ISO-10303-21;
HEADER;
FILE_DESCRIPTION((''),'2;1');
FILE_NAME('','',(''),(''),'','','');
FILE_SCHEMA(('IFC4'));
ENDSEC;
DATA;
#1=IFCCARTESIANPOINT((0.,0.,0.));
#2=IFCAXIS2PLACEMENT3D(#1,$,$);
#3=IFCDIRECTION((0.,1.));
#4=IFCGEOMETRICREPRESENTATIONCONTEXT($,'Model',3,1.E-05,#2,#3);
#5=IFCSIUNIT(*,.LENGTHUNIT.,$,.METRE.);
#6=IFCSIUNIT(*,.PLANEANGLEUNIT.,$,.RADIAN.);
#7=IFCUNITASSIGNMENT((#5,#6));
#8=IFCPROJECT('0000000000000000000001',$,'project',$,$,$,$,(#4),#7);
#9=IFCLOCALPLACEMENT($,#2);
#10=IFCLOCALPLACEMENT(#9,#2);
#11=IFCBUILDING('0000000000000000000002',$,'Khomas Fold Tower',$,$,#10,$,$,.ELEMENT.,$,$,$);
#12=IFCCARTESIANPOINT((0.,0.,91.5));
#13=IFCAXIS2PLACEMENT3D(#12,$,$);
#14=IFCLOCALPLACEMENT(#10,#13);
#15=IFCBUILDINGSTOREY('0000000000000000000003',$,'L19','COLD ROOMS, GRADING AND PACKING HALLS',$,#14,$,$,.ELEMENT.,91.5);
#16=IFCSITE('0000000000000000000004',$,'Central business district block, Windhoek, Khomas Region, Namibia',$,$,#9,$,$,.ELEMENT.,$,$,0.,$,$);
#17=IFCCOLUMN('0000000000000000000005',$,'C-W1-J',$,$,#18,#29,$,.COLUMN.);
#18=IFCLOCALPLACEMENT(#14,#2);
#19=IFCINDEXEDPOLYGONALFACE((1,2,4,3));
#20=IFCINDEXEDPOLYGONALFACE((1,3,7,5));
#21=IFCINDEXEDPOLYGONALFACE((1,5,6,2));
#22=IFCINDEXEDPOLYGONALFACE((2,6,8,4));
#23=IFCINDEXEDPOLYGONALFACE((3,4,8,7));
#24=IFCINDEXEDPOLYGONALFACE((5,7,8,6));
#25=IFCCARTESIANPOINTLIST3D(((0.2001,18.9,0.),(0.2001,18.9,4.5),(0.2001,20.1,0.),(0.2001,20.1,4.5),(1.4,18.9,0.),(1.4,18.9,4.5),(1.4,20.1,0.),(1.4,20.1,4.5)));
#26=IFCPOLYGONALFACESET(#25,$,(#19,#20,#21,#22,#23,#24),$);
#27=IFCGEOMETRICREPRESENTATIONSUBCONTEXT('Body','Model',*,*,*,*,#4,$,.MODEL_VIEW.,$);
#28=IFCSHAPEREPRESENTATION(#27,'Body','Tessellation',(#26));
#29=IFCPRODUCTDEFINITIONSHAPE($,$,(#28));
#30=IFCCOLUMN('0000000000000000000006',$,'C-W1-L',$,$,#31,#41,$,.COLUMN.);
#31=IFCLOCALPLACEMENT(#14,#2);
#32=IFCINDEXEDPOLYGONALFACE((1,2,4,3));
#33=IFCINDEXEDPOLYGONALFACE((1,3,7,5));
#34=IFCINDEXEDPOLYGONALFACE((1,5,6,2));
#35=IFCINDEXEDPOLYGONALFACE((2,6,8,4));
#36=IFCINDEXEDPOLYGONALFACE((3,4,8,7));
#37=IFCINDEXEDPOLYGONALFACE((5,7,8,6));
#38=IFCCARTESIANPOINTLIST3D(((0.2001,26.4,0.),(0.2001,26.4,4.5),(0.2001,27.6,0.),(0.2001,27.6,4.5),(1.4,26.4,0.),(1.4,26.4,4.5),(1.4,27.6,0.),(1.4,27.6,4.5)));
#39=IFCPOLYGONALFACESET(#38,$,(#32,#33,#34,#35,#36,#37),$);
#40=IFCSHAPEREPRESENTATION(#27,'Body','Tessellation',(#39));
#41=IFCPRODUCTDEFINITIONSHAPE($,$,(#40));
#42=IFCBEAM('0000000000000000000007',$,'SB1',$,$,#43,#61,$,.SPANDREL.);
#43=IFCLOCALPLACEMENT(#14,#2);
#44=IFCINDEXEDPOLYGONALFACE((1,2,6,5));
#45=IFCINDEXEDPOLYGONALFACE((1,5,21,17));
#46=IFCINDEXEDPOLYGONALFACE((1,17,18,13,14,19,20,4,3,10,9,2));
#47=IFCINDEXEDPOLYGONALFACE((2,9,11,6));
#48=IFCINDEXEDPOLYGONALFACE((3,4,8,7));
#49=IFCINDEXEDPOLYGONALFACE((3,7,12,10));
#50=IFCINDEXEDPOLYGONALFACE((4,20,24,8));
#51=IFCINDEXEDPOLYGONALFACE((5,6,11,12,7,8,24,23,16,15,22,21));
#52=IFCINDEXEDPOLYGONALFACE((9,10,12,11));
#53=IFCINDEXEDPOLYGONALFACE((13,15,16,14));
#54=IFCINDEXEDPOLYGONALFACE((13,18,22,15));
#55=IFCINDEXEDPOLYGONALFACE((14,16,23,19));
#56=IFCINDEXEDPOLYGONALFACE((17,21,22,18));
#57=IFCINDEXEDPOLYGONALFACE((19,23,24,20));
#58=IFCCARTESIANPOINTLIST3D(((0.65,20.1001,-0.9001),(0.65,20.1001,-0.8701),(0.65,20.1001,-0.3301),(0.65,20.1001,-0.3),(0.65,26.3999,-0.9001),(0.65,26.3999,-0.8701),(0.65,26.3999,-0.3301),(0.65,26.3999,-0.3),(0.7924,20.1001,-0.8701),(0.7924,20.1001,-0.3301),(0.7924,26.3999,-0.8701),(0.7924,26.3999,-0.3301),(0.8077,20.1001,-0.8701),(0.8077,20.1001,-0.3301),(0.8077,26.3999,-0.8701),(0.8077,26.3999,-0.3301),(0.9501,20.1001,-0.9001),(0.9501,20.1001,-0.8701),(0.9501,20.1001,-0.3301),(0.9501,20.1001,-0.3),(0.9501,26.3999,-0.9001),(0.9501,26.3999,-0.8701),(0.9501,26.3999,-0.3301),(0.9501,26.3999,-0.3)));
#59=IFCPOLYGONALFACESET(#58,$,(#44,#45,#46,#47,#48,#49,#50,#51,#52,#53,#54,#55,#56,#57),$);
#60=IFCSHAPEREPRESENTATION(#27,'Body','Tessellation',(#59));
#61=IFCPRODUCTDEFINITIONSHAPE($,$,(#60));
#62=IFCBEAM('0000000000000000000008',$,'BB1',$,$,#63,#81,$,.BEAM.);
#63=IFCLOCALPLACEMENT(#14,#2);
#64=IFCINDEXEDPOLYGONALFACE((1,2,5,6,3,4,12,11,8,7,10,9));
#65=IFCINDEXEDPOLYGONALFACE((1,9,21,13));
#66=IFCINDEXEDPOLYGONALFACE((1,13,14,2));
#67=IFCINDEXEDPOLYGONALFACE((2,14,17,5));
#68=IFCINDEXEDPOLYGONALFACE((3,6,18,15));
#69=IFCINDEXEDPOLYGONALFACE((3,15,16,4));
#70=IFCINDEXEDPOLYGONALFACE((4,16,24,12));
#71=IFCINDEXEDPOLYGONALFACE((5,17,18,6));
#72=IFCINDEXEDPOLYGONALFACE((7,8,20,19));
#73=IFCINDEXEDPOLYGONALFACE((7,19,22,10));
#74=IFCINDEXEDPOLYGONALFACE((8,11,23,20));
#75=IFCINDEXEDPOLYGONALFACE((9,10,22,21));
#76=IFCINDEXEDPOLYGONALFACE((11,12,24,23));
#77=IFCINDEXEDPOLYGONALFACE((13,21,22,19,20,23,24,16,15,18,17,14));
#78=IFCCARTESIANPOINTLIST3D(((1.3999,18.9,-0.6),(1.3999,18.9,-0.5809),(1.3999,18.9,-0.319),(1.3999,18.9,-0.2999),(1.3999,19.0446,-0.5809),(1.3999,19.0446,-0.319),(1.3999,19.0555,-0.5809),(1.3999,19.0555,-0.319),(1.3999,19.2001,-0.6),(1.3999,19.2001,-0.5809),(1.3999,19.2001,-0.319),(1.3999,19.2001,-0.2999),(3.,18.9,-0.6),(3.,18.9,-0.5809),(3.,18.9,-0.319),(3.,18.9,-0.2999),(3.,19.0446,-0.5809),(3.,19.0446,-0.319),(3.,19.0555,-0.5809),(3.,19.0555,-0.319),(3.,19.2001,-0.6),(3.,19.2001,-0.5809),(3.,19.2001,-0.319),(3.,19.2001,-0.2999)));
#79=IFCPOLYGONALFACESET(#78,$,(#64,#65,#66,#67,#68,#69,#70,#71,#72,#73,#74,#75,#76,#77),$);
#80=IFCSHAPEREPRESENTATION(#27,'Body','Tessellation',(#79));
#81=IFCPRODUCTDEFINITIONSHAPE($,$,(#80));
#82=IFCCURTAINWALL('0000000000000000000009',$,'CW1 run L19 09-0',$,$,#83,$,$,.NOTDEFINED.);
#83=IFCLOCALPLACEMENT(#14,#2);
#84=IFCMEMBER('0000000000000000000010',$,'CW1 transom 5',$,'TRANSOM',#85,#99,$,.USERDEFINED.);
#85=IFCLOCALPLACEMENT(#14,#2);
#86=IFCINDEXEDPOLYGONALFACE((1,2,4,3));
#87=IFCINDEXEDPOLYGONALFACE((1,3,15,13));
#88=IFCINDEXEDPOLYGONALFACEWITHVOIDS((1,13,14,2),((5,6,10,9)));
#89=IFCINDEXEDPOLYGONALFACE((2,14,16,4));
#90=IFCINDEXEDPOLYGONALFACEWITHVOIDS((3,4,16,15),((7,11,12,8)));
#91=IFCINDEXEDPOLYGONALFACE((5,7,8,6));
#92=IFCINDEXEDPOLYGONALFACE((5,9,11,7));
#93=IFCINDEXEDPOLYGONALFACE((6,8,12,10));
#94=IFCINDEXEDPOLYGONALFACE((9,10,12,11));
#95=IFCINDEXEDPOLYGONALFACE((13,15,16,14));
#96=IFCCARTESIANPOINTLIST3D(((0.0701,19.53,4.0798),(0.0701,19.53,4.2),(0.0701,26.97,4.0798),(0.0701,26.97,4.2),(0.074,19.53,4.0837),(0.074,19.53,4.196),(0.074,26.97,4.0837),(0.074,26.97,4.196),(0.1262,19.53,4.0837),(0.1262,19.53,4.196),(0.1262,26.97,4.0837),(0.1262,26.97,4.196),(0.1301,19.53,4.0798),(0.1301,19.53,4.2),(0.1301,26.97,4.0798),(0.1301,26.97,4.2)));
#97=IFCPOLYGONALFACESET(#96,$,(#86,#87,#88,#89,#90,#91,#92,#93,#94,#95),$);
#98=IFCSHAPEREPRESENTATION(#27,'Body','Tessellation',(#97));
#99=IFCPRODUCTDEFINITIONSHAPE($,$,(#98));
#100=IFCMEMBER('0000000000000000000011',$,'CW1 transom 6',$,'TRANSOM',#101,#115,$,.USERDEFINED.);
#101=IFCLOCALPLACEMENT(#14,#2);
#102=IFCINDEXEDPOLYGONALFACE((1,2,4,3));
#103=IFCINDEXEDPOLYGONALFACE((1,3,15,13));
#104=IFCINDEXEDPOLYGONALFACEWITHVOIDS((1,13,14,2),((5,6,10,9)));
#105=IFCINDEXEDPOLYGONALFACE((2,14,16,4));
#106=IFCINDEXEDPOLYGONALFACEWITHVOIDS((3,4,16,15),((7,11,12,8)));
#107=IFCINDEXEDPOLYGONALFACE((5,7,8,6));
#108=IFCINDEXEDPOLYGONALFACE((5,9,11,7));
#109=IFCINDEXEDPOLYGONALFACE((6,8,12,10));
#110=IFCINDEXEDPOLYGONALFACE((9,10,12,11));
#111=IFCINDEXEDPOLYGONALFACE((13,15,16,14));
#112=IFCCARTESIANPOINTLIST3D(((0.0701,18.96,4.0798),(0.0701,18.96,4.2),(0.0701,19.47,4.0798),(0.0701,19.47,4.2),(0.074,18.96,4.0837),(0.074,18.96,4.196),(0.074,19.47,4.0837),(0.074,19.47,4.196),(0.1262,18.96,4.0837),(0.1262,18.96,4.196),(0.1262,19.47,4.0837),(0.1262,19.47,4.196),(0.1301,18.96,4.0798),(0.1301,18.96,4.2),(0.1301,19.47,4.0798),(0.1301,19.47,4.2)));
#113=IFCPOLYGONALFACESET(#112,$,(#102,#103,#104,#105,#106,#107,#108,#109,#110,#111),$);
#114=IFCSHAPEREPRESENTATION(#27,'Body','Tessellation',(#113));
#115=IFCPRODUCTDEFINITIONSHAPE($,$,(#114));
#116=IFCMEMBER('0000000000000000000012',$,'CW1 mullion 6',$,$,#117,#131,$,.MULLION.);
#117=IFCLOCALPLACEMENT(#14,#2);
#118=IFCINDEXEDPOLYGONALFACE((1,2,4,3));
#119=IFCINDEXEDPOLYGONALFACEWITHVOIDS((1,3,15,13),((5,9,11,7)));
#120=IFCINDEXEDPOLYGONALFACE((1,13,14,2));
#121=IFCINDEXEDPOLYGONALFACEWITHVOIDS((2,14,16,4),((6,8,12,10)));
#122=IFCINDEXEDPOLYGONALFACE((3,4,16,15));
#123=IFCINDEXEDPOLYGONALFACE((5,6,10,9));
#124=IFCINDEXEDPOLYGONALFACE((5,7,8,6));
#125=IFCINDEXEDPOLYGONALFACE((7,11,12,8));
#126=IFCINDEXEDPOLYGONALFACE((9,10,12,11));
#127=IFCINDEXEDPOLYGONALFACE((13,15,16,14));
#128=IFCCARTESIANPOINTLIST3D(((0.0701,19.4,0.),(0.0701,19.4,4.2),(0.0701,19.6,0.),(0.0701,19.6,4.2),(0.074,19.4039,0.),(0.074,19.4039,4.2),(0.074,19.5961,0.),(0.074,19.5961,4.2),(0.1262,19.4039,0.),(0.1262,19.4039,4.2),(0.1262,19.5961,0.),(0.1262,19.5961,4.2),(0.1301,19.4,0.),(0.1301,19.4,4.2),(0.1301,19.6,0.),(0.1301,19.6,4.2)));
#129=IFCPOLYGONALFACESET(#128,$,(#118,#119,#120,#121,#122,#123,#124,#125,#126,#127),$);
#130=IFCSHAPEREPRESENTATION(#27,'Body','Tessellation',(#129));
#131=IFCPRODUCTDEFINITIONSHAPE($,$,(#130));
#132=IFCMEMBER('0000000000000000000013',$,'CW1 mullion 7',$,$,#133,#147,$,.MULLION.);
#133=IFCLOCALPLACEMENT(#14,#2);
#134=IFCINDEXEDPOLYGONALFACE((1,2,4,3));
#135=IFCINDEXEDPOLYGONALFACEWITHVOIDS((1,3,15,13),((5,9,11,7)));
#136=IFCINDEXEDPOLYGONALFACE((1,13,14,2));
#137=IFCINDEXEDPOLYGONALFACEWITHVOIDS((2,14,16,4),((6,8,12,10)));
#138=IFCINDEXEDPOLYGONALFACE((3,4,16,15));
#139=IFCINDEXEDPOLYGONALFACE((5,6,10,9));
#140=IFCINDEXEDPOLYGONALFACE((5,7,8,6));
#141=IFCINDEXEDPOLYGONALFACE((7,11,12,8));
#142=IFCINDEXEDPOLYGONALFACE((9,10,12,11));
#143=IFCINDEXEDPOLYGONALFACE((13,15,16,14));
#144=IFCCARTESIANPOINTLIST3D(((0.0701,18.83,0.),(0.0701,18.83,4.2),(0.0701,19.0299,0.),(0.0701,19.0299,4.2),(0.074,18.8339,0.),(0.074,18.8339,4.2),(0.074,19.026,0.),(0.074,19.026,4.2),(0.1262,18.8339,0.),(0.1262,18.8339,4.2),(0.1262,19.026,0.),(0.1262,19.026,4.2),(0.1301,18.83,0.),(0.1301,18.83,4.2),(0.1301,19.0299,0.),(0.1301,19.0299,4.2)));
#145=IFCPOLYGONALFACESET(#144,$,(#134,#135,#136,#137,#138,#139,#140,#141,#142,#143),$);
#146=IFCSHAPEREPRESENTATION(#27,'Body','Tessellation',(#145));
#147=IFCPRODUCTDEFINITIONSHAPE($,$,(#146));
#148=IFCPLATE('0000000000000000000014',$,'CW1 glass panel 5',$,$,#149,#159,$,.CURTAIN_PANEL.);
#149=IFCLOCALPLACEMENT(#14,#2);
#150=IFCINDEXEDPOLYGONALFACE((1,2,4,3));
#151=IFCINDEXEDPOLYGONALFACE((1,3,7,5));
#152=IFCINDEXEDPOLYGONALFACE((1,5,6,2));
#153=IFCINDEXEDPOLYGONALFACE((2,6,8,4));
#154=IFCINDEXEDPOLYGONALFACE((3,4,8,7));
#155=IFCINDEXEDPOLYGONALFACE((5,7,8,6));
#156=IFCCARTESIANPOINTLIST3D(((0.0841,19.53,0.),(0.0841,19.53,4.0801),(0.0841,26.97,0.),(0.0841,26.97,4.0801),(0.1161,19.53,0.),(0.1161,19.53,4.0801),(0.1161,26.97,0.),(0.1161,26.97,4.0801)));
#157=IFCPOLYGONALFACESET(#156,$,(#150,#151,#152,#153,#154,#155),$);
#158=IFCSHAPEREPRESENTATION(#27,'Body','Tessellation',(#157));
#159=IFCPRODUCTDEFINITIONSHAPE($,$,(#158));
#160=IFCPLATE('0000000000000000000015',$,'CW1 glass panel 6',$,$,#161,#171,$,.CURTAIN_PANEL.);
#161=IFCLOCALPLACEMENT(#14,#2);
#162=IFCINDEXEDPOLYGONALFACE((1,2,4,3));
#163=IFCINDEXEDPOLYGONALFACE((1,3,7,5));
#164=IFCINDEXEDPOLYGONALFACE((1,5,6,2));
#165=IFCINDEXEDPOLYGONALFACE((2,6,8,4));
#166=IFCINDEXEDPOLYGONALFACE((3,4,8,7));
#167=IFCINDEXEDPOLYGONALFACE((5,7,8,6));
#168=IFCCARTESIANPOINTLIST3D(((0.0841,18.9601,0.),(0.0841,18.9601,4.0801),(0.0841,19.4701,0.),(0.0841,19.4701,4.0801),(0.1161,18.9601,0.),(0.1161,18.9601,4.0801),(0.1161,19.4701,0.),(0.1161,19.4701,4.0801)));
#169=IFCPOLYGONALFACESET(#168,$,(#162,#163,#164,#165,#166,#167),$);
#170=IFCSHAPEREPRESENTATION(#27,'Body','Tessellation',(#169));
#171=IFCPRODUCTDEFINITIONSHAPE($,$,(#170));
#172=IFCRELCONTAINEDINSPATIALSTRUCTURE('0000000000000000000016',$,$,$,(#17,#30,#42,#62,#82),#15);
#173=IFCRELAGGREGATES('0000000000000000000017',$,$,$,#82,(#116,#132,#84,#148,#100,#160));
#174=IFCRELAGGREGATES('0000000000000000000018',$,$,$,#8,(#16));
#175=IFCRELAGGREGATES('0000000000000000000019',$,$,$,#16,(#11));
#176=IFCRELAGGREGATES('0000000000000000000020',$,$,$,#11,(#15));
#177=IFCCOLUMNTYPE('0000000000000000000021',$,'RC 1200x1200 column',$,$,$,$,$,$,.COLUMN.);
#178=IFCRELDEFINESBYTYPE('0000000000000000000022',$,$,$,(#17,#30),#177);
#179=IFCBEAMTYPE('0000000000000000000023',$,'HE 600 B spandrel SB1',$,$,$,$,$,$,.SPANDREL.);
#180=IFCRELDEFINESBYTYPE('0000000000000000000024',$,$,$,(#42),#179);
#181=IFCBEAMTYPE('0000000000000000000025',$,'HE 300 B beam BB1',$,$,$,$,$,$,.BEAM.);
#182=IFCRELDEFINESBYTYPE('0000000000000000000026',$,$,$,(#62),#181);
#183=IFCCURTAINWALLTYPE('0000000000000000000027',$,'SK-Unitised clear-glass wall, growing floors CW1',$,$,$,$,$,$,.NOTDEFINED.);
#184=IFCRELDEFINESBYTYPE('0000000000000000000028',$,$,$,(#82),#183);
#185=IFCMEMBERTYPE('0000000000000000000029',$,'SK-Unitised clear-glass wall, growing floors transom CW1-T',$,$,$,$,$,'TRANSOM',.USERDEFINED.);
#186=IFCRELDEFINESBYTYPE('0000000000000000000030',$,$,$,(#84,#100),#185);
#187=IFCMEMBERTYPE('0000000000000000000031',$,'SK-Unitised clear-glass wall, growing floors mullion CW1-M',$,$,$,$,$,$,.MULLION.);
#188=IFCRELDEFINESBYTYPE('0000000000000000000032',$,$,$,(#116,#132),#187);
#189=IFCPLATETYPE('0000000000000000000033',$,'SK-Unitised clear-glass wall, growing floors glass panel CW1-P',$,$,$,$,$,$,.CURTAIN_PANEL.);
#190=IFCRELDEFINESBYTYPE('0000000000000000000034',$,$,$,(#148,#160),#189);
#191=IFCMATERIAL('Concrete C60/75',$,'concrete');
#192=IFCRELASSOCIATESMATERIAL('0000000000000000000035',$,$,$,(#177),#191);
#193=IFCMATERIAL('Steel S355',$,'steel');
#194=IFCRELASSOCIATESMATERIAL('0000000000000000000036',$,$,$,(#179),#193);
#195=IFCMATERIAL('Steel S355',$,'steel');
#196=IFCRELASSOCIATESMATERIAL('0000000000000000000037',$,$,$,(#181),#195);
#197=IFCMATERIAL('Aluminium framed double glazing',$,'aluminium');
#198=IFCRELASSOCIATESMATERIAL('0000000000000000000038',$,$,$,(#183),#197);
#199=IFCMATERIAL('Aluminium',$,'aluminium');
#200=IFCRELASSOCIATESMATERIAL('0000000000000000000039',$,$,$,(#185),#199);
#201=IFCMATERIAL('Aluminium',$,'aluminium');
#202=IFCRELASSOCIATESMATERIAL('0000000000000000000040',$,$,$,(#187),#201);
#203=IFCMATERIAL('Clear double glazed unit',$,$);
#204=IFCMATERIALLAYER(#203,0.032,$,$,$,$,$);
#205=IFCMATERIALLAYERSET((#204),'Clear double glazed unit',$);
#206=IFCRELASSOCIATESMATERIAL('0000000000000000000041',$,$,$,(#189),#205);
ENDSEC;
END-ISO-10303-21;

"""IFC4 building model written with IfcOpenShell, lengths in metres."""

from ifc_helpers import new_model, si_unit, direction, frame, origin, origin_2d, place, context, subcontext, project, spatial, rectangle, hollow_rectangle, i_section, extrude, source, transform, mapped, material, layer, layer_set, material_profile, profile_set, type_object, element, aggregate, save


model = new_model("IFC4")

# Units and contexts
model_context = context("Model", 3, precision=1e-05, world=origin(), true_north=direction((0.0, 1.0)))
body_context = subcontext(model_context, "Body", "Model", "MODEL_VIEW")
ifc_project = project(units=[si_unit("LENGTHUNIT", "METRE"), si_unit("PLANEANGLEUNIT", "RADIAN")], contexts=[model_context])

# Site, building, storey
site_placement = place(None, origin())
site = spatial("IfcSite", under=ifc_project, at=site_placement, Name="Central business district block, Windhoek, Khomas Region, Namibia", CompositionType="ELEMENT", RefElevation=0.0)
building_placement = place(site_placement, origin())
building = spatial("IfcBuilding", under=site, at=building_placement, Name="Khomas Fold Tower", CompositionType="ELEMENT")
storey_placement = place(building_placement, frame((0.0, 0.0, 91.5)))
storey = spatial("IfcBuildingStorey", under=building, at=storey_placement, Name="L19", Description="COLD ROOMS, GRADING AND PACKING HALLS", CompositionType="ELEMENT", Elevation=91.5)

# Columns
ifc_material_1 = material(Name="Concrete C60/75", Category="concrete")
ifc_material_profile_1 = material_profile(ifc_material_1, rectangle(XDim=1.2, YDim=1.2, at=origin_2d()), Name="RC 1200x1200")
ifc_profile_set_1 = profile_set([ifc_material_profile_1], Name="Concrete C60/75")
column_type = type_object("IfcColumnType", Name="RC 1200x1200 column", PredefinedType="COLUMN", material=ifc_profile_set_1)
shared_shape_1 = source(origin(), body_context, "Body", "SweptSolid", [
    extrude(rectangle(XDim=1.2, YDim=1.2, at=origin_2d()), origin(), (0.0, 0.0, 1.0), 4.5),
])
for number, where, z_axis, x_axis, name in (
    (1, (0.8, 19.5, 0.0), (0.0, 0.0, 1.0), (1.0, 0.0, 0.0), "C-W1-J"),
    (2, (0.8, 27.0, 0.0), (0.0, 0.0, 1.0), (1.0, 0.0, 0.0), "C-W1-L"),
):
    element("IfcColumn", number, at=place(storey_placement, frame(where, z_axis=z_axis, x_axis=x_axis)), inside=storey, type_object=column_type, Name=name, PredefinedType="COLUMN", context=body_context, shape_type="MappedRepresentation", body=[
        mapped(shared_shape_1, transform((0.0, 0.0, 0.0))),
    ])

# Beams
ifc_material_2 = material(Name="Steel S355", Category="steel")
ifc_material_profile_2 = material_profile(ifc_material_2, i_section(OverallWidth=0.3, OverallDepth=0.6001, WebThickness=0.0154, FlangeThickness=0.03, at=origin_2d()), Name="HE 600 B")
ifc_profile_set_2 = profile_set([ifc_material_profile_2], Name="Steel S355")
beam_type_1 = type_object("IfcBeamType", Name="HE 600 B spandrel SB1", PredefinedType="SPANDREL", material=ifc_profile_set_2)
shared_shape_2 = source(origin(), body_context, "Body", "SweptSolid", [
    extrude(i_section(OverallWidth=0.3, OverallDepth=0.6001, WebThickness=0.0154, FlangeThickness=0.03, at=origin_2d()), origin(), (0.0, 0.0, 1.0), 6.2998),
])
beam_1_placement = place(storey_placement, frame((0.8, 20.1001, -0.6001), z_axis=(0.0, 1.0, 0.0), x_axis=(-1.0, 0.0, 0.0)))
element("IfcBeam", 3, at=beam_1_placement, inside=storey, type_object=beam_type_1, Name="SB1", PredefinedType="SPANDREL", context=body_context, shape_type="MappedRepresentation", body=[
    mapped(shared_shape_2, transform((0.0, 0.0, 0.0))),
])
ifc_material_3 = material(Name="Steel S355", Category="steel")
ifc_material_profile_3 = material_profile(ifc_material_3, i_section(OverallWidth=0.3, OverallDepth=0.3, WebThickness=0.011, FlangeThickness=0.019, at=origin_2d()), Name="HE 300 B")
ifc_profile_set_3 = profile_set([ifc_material_profile_3], Name="Steel S355")
beam_type_2 = type_object("IfcBeamType", Name="HE 300 B beam BB1", PredefinedType="BEAM", material=ifc_profile_set_3)
shared_shape_3 = source(origin(), body_context, "Body", "SweptSolid", [
    extrude(i_section(OverallWidth=0.3, OverallDepth=0.3, WebThickness=0.011, FlangeThickness=0.019, at=origin_2d()), origin(), (0.0, 0.0, 1.0), 1.6001),
])
beam_2_placement = place(storey_placement, frame((1.3999, 19.05, -0.45), z_axis=(1.0, 0.0, 0.0), x_axis=(0.0, 1.0, 0.0)))
element("IfcBeam", 4, at=beam_2_placement, inside=storey, type_object=beam_type_2, Name="BB1", PredefinedType="BEAM", context=body_context, shape_type="MappedRepresentation", body=[
    mapped(shared_shape_3, transform((0.0, 0.0, 0.0))),
])

# Curtain wall, members, plates
ifc_material_4 = material(Name="Aluminium framed double glazing", Category="aluminium")
curtain_wall_type = type_object("IfcCurtainWallType", Name="SK-Unitised clear-glass wall, growing floors CW1", PredefinedType="NOTDEFINED", material=ifc_material_4)
curtain_wall_placement = place(storey_placement, origin())
curtain_wall = element("IfcCurtainWall", 5, at=curtain_wall_placement, inside=storey, type_object=curtain_wall_type, Name="CW1 run L19 09-0", PredefinedType="NOTDEFINED")
ifc_material_5 = material(Name="Aluminium", Category="aluminium")
ifc_material_profile_4 = material_profile(ifc_material_5, hollow_rectangle(XDim=0.0601, YDim=0.1201, WallThickness=0.0039, at=origin_2d()), Name="SK-Unitised clear-glass wall, growing floors transom CW1-T")
ifc_profile_set_4 = profile_set([ifc_material_profile_4], Name="Aluminium")
member_type_1 = type_object("IfcMemberType", Name="SK-Unitised clear-glass wall, growing floors transom CW1-T", ElementType="TRANSOM", PredefinedType="USERDEFINED", material=ifc_profile_set_4)
shared_shape_4 = source(origin(), body_context, "Body", "SweptSolid", [
    extrude(hollow_rectangle(XDim=0.0601, YDim=0.1201, WallThickness=0.0039, at=origin_2d()), origin(), (0.0, 0.0, 1.0), 7.4399),
])
member_1_placement = place(storey_placement, frame((0.1001, 26.97, 4.1399), z_axis=(0.0, -1.0, 0.0), x_axis=(1.0, 0.0, 0.0)))
member_1 = element("IfcMember", 6, at=member_1_placement, type_object=member_type_1, Name="CW1 transom 5", ObjectType="TRANSOM", PredefinedType="USERDEFINED", context=body_context, shape_type="MappedRepresentation", body=[
    mapped(shared_shape_4, transform((0.0, 0.0, 0.0))),
])
shared_shape_5 = source(origin(), body_context, "Body", "SweptSolid", [
    extrude(hollow_rectangle(XDim=0.0601, YDim=0.1201, WallThickness=0.0039, at=origin_2d()), origin(), (0.0, 0.0, 1.0), 0.51),
])
member_2_placement = place(storey_placement, frame((0.1001, 19.47, 4.1399), z_axis=(0.0, -1.0, 0.0), x_axis=(1.0, 0.0, 0.0)))
member_2 = element("IfcMember", 7, at=member_2_placement, type_object=member_type_1, Name="CW1 transom 6", ObjectType="TRANSOM", PredefinedType="USERDEFINED", context=body_context, shape_type="MappedRepresentation", body=[
    mapped(shared_shape_5, transform((0.0, 0.0, 0.0))),
])
ifc_material_6 = material(Name="Aluminium", Category="aluminium")
ifc_material_profile_5 = material_profile(ifc_material_6, hollow_rectangle(XDim=0.0601, YDim=0.2, WallThickness=0.0039, at=origin_2d()), Name="SK-Unitised clear-glass wall, growing floors mullion CW1-M")
ifc_profile_set_5 = profile_set([ifc_material_profile_5], Name="Aluminium")
member_type_2 = type_object("IfcMemberType", Name="SK-Unitised clear-glass wall, growing floors mullion CW1-M", PredefinedType="MULLION", material=ifc_profile_set_5)
shared_shape_6 = source(origin(), body_context, "Body", "SweptSolid", [
    extrude(hollow_rectangle(XDim=0.0601, YDim=0.2, WallThickness=0.0039, at=origin_2d()), origin(), (0.0, 0.0, 1.0), 4.2),
])
member_3_placement = place(storey_placement, frame((0.1001, 19.5, 0.0), z_axis=(0.0, 0.0, 1.0), x_axis=(1.0, 0.0, 0.0)))
member_3 = element("IfcMember", 8, at=member_3_placement, type_object=member_type_2, Name="CW1 mullion 6", PredefinedType="MULLION", context=body_context, shape_type="MappedRepresentation", body=[
    mapped(shared_shape_6, transform((0.0, 0.0, 0.0))),
])
member_4_placement = place(storey_placement, frame((0.1001, 18.9299, 0.0), z_axis=(0.0, 0.0, 1.0), x_axis=(1.0, 0.0, 0.0)))
member_4 = element("IfcMember", 9, at=member_4_placement, type_object=member_type_2, Name="CW1 mullion 7", PredefinedType="MULLION", context=body_context, shape_type="MappedRepresentation", body=[
    mapped(shared_shape_6, transform((0.0, 0.0, 0.0))),
])
ifc_material_7 = material(Name="Clear double glazed unit")
ifc_layer_1 = layer(ifc_material_7, 0.032)
ifc_layer_set_1 = layer_set([ifc_layer_1], Name="Clear double glazed unit")
plate_type = type_object("IfcPlateType", Name="SK-Unitised clear-glass wall, growing floors glass panel CW1-P", PredefinedType="CURTAIN_PANEL", material=ifc_layer_set_1)
shared_shape_7 = source(origin(), body_context, "Body", "SweptSolid", [
    extrude(rectangle(XDim=7.4399, YDim=0.032, at=origin_2d()), origin(), (0.0, 0.0, 1.0), 4.0801),
])
plate_1_placement = place(storey_placement, frame((0.1001, 23.25, 0.0), z_axis=(0.0, 0.0, 1.0), x_axis=(0.0, -1.0, 0.0)))
plate_1 = element("IfcPlate", 10, at=plate_1_placement, type_object=plate_type, Name="CW1 glass panel 5", PredefinedType="CURTAIN_PANEL", context=body_context, shape_type="MappedRepresentation", body=[
    mapped(shared_shape_7, transform((0.0, 0.0, 0.0))),
])
shared_shape_8 = source(origin(), body_context, "Body", "SweptSolid", [
    extrude(rectangle(XDim=0.51, YDim=0.032, at=origin_2d()), origin(), (0.0, 0.0, 1.0), 4.0801),
])
plate_2_placement = place(storey_placement, frame((0.1001, 19.2151, 0.0), z_axis=(0.0, 0.0, 1.0), x_axis=(0.0, -1.0, 0.0)))
plate_2 = element("IfcPlate", 11, at=plate_2_placement, type_object=plate_type, Name="CW1 glass panel 6", PredefinedType="CURTAIN_PANEL", context=body_context, shape_type="MappedRepresentation", body=[
    mapped(shared_shape_8, transform((0.0, 0.0, 0.0))),
])
aggregate(curtain_wall, [member_3, member_4, member_1, plate_1, member_2, plate_2])

save(model, "model.ifc")
